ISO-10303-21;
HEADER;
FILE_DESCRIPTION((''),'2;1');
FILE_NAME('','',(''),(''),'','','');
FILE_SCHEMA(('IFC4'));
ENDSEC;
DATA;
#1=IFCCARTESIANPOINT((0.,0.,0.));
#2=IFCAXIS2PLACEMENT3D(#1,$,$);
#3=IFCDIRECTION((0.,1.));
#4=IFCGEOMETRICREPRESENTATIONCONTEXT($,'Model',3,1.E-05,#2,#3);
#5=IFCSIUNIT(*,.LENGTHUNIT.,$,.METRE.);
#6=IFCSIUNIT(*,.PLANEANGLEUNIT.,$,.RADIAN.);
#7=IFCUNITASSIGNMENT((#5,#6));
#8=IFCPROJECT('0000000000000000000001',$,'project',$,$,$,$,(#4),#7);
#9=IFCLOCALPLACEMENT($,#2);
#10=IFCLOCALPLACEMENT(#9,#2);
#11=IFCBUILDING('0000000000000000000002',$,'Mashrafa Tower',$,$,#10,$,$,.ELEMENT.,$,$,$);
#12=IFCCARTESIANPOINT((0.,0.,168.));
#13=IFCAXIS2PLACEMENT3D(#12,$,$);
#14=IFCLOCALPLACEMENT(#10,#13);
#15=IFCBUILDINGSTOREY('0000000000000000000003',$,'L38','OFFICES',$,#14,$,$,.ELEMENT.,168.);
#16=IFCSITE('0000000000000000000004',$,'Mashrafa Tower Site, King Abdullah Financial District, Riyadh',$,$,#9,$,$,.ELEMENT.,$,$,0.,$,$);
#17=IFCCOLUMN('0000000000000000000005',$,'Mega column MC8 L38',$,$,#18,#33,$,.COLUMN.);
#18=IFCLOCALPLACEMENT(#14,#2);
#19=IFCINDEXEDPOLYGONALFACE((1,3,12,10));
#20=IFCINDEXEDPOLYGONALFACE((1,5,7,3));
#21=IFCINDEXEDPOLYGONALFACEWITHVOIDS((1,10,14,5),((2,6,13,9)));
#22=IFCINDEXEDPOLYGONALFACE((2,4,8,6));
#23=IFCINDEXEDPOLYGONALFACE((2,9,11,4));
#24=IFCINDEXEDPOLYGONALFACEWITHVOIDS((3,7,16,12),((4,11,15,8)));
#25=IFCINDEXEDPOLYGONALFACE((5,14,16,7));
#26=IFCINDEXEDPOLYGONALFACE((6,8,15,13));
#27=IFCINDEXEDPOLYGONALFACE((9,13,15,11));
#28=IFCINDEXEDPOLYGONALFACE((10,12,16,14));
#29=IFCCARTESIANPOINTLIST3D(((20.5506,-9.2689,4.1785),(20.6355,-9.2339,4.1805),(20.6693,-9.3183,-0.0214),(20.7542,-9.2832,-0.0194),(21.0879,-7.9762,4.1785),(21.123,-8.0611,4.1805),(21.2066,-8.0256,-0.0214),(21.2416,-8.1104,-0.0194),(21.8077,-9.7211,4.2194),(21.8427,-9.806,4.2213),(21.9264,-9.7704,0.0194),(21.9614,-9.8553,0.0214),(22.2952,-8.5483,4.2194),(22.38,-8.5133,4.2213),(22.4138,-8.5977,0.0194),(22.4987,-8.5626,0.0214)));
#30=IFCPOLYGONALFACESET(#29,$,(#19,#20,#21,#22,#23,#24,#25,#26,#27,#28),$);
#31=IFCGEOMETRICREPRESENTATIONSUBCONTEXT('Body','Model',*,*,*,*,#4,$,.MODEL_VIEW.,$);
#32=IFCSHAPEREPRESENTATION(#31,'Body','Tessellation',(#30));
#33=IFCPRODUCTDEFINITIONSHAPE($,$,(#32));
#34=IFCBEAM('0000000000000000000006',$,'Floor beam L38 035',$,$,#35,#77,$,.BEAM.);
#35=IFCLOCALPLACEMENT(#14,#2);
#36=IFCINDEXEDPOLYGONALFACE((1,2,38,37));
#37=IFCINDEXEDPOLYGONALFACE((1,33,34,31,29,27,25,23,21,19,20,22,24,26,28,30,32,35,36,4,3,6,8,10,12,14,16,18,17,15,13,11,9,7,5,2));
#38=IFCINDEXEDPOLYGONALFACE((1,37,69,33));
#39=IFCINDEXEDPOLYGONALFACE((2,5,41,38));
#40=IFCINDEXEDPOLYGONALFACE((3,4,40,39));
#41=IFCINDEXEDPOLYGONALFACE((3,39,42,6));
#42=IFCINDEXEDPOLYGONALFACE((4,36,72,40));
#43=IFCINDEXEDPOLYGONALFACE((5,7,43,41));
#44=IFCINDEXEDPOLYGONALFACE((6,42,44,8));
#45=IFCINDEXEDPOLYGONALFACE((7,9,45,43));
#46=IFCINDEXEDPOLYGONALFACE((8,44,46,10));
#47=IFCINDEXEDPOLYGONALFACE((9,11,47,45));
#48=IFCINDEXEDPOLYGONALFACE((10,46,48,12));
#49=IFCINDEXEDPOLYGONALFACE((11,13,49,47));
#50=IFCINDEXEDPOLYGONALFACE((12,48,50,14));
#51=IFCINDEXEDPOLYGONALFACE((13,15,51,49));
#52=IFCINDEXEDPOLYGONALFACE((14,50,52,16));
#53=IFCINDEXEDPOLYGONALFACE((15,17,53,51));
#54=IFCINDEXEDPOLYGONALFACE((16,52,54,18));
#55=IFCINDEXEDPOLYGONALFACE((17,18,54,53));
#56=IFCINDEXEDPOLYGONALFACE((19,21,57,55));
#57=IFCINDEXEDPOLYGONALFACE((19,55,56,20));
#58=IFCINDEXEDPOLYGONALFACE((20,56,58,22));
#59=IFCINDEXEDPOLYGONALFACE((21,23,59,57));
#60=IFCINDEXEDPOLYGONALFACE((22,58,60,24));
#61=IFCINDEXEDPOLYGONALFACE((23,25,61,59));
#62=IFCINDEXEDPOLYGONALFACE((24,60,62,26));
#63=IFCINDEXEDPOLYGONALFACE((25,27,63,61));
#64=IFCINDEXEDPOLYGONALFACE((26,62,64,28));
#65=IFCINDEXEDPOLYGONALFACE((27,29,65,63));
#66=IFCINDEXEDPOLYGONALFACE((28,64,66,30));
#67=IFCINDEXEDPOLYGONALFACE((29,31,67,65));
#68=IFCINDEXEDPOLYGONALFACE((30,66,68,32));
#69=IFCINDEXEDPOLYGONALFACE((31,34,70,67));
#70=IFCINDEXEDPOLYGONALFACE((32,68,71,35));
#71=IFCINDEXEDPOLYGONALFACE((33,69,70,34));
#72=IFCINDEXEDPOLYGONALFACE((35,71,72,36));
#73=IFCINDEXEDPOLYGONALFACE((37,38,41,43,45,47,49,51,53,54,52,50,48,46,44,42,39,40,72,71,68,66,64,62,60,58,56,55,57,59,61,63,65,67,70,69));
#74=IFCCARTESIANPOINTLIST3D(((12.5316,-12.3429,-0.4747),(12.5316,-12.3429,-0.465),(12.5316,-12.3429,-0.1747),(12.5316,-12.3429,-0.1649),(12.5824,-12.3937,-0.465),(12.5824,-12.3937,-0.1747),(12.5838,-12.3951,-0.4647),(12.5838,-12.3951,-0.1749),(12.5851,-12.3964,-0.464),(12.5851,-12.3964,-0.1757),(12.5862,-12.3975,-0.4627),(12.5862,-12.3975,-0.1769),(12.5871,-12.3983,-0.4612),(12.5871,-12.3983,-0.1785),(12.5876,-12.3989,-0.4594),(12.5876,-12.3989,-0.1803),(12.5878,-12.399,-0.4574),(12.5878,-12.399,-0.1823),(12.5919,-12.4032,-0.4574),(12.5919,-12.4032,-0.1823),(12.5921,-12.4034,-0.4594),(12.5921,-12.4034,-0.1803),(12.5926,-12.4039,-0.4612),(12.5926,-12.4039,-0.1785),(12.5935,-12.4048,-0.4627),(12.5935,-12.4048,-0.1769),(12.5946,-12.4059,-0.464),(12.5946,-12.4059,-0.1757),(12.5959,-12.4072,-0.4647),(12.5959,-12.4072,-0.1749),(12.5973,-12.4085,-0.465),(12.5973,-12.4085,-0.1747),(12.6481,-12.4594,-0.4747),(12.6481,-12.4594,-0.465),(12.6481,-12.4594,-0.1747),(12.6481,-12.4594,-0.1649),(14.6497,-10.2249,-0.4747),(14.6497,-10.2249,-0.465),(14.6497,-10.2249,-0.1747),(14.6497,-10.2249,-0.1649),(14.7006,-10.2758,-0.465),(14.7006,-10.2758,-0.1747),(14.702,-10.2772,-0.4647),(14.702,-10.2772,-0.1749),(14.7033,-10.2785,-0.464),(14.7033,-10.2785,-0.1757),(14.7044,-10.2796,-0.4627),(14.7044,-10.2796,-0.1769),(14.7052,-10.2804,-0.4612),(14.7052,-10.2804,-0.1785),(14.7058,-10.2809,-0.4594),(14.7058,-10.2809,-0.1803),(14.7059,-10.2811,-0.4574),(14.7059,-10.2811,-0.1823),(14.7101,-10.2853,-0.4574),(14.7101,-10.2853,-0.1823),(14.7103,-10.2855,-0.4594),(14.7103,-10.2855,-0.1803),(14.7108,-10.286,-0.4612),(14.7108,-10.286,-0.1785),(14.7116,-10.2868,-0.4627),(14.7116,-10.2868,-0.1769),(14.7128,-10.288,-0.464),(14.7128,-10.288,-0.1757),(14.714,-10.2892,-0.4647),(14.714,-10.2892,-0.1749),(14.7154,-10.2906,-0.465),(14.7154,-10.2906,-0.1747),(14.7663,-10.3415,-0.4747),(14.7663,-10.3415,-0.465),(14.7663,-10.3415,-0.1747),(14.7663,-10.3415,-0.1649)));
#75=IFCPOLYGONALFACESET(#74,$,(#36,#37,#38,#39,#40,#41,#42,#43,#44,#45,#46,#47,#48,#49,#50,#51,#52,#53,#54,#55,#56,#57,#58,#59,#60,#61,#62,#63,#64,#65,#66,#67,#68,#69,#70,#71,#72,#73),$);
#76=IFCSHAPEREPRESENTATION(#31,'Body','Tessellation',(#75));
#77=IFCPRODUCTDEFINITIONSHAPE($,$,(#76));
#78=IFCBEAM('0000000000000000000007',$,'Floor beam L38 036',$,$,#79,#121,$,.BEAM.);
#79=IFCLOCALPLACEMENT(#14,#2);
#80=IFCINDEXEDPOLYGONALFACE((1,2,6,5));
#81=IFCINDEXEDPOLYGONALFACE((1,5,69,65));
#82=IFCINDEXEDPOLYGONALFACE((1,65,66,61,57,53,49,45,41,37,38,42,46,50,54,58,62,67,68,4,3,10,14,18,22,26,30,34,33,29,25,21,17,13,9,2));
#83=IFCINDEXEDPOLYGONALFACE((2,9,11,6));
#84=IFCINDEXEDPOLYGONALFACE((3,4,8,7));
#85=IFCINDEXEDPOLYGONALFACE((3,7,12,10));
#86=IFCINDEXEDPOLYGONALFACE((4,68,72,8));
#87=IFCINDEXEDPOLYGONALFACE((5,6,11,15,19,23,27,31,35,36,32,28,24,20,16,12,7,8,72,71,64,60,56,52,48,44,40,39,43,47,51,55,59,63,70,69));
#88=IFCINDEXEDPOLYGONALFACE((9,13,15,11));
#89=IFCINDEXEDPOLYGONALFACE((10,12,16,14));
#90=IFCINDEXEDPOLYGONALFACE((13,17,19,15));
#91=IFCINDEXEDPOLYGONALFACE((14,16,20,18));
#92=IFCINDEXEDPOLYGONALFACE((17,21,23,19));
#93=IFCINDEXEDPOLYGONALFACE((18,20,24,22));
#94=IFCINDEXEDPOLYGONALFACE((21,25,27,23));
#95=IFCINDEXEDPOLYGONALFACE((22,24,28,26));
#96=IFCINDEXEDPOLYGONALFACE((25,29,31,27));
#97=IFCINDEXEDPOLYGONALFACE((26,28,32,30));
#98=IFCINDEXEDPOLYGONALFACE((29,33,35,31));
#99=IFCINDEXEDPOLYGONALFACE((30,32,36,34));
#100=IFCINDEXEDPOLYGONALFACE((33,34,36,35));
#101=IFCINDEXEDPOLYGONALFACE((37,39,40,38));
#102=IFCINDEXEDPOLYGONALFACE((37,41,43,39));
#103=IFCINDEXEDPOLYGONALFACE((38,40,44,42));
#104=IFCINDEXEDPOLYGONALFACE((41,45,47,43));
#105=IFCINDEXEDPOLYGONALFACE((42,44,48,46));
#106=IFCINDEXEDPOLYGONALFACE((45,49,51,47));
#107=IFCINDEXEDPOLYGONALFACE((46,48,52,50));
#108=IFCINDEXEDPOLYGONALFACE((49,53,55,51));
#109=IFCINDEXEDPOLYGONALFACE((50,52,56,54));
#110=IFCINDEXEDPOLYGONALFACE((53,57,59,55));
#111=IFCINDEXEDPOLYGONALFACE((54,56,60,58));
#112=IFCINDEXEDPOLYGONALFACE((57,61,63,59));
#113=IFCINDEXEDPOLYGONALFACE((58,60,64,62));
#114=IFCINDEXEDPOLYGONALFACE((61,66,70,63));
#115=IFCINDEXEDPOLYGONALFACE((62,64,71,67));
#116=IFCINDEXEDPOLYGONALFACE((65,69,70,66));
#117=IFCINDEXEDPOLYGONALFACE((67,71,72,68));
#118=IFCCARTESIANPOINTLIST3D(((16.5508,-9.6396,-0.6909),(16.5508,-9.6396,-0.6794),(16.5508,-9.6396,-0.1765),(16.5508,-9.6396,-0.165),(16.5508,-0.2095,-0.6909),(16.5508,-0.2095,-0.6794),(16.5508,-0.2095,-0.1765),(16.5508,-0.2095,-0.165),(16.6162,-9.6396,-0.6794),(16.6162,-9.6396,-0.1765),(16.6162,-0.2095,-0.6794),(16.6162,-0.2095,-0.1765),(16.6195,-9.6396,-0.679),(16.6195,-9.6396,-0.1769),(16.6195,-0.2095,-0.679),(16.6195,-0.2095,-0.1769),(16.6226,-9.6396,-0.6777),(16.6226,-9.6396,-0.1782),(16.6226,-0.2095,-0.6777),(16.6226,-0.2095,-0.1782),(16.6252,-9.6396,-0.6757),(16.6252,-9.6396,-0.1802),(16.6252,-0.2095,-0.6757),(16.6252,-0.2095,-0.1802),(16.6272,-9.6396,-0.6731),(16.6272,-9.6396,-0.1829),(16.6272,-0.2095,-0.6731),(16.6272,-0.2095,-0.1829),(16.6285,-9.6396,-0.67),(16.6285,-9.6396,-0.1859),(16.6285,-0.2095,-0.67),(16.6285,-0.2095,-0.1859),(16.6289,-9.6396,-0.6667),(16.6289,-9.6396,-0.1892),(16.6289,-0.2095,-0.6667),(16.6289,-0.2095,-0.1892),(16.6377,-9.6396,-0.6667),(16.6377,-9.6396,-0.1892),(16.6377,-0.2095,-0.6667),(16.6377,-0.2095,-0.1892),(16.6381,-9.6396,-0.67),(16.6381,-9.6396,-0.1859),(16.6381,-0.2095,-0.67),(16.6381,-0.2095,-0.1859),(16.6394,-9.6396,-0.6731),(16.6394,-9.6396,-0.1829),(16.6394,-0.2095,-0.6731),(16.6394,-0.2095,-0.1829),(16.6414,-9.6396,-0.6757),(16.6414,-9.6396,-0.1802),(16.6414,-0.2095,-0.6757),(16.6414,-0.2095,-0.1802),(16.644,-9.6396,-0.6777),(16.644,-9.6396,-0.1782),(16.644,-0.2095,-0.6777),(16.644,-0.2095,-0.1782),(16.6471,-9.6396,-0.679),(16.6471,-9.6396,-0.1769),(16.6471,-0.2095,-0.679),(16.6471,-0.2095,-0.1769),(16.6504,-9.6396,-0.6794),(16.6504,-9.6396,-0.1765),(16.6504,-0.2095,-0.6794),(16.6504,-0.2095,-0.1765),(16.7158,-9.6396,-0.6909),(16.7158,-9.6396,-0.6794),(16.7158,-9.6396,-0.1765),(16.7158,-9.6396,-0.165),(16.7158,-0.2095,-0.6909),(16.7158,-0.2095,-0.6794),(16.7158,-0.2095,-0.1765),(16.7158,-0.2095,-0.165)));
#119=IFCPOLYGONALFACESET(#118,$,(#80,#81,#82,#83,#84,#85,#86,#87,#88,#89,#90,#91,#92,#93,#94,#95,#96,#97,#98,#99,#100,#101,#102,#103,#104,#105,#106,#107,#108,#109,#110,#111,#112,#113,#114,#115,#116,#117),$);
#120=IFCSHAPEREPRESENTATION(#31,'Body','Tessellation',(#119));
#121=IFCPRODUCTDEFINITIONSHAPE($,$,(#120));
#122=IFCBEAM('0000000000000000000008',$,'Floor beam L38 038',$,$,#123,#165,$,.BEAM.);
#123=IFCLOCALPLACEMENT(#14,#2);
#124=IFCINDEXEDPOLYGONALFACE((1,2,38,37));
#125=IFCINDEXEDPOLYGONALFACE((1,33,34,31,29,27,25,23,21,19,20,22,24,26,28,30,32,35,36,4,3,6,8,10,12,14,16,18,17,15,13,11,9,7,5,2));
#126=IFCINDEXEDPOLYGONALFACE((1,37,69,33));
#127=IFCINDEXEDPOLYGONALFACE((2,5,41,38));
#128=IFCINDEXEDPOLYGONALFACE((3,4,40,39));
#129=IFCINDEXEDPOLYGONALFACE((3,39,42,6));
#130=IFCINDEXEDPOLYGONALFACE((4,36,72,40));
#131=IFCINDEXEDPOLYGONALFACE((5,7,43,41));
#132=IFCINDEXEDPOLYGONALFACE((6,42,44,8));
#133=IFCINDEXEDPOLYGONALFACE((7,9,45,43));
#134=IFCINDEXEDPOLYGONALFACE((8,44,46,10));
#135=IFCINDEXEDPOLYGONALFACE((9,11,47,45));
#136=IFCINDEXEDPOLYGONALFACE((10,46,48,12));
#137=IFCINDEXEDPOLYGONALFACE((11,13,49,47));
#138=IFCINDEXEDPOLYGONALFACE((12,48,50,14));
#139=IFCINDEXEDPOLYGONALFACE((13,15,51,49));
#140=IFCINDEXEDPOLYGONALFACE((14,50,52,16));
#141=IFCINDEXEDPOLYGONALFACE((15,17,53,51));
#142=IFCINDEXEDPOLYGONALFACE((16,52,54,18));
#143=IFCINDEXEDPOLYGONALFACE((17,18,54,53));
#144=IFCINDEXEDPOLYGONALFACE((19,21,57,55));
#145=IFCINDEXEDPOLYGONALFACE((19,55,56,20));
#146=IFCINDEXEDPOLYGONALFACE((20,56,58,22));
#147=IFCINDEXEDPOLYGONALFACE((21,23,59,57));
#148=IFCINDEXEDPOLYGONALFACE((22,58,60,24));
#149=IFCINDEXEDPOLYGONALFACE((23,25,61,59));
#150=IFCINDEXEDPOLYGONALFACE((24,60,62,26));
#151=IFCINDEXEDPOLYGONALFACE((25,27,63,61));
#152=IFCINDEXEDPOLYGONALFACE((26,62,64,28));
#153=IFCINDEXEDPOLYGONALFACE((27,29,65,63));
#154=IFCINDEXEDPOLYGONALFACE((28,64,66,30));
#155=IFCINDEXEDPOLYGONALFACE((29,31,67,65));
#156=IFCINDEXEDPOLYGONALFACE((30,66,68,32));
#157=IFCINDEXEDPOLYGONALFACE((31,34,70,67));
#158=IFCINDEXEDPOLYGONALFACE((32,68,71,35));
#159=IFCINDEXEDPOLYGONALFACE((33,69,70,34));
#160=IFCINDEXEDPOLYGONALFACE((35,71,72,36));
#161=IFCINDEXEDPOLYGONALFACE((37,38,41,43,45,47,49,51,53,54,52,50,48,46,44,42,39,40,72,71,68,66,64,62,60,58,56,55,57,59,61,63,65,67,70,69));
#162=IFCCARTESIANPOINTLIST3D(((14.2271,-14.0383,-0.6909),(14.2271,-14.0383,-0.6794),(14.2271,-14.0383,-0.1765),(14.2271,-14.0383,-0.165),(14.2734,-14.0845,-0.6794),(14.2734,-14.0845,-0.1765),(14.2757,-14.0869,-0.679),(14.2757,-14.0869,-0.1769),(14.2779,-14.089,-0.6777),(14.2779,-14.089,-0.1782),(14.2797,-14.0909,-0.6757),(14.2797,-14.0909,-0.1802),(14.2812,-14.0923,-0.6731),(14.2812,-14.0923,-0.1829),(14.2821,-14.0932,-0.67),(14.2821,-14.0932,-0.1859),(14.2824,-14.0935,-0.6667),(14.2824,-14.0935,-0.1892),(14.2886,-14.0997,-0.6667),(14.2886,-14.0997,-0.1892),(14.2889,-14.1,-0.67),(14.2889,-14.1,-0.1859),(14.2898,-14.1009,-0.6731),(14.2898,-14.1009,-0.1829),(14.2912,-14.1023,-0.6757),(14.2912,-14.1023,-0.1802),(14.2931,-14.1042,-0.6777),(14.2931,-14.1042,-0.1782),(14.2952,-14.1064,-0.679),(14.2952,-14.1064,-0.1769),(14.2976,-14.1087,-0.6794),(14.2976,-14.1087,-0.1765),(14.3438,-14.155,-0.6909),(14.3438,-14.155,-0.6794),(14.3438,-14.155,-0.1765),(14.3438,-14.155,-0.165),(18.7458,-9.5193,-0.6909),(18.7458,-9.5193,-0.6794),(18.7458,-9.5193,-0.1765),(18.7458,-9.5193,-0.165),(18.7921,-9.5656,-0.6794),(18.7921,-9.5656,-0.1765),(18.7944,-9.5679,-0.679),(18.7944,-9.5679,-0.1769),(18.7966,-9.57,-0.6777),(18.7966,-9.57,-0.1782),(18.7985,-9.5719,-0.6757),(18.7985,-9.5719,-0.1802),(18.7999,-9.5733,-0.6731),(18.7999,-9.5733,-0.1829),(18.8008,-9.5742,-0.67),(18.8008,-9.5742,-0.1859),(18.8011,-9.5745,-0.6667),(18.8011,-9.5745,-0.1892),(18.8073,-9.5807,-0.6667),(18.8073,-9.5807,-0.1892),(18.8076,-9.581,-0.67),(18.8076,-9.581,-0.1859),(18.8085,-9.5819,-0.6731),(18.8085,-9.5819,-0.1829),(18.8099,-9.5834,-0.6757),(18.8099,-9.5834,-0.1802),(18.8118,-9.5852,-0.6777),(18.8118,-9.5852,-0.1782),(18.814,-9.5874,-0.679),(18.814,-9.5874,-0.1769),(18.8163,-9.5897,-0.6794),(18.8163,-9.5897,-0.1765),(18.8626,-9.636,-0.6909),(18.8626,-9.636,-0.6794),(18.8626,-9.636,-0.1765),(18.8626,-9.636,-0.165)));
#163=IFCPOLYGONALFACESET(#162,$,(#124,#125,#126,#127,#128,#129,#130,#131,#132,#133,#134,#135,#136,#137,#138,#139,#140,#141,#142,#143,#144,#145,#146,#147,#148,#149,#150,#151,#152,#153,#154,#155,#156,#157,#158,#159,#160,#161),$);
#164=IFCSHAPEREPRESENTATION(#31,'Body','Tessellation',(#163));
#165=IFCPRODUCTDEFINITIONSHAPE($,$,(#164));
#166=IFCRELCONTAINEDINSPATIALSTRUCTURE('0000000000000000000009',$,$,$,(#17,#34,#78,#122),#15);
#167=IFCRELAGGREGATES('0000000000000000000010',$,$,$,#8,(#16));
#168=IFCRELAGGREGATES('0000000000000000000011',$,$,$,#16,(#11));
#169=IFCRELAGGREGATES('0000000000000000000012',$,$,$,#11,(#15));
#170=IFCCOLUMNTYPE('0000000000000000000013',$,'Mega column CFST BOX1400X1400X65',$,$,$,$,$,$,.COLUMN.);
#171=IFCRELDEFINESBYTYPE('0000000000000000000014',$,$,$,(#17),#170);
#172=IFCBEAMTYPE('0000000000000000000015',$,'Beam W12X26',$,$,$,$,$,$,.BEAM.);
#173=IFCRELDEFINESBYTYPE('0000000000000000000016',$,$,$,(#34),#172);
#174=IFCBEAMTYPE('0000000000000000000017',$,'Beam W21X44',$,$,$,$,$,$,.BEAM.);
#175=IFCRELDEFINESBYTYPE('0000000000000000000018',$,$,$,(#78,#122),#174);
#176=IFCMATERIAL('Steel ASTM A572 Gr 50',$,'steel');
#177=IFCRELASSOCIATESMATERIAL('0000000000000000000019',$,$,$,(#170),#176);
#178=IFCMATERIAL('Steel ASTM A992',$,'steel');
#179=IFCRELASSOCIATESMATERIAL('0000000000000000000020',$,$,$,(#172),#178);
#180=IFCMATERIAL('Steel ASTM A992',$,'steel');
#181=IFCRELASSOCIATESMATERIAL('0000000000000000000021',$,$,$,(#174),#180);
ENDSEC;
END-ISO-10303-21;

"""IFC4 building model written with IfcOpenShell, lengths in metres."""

from ifc_helpers import new_model, si_unit, direction, frame, origin, origin_2d, place, context, subcontext, project, spatial, hollow_rectangle, i_section, extrude, material, material_profile, profile_set, type_object, element, save


model = new_model("IFC4")

# Units and contexts
model_context = context("Model", 3, precision=1e-05, world=origin(), true_north=direction((0.0, 1.0)))
body_context = subcontext(model_context, "Body", "Model", "MODEL_VIEW")
ifc_project = project(units=[si_unit("LENGTHUNIT", "METRE"), si_unit("PLANEANGLEUNIT", "RADIAN")], contexts=[model_context])

# Site, building, storey
site_placement = place(None, origin())
site = spatial("IfcSite", under=ifc_project, at=site_placement, Name="Mashrafa Tower Site, King Abdullah Financial District, Riyadh", CompositionType="ELEMENT", RefElevation=0.0)
building_placement = place(site_placement, origin())
building = spatial("IfcBuilding", under=site, at=building_placement, Name="Mashrafa Tower", CompositionType="ELEMENT")
storey_placement = place(building_placement, frame((0.0, 0.0, 168.0)))
storey = spatial("IfcBuildingStorey", under=building, at=storey_placement, Name="L38", Description="OFFICES", CompositionType="ELEMENT", Elevation=168.0)

# Column
ifc_material_1 = material(Name="Steel ASTM A572 Gr 50", Category="steel")
ifc_material_profile_1 = material_profile(ifc_material_1, hollow_rectangle(XDim=1.3999, YDim=1.3999, WallThickness=0.0649, at=origin_2d()), Name="BOX1400X1400X65")
ifc_profile_set_1 = profile_set([ifc_material_profile_1], Name="Steel ASTM A572 Gr 50")
column_type = type_object("IfcColumnType", Name="Mega column CFST BOX1400X1400X65", PredefinedType="COLUMN", material=ifc_profile_set_1)
column_placement = place(storey_placement, frame((21.584, -8.9404, 0.0), z_axis=(-0.028238, 0.011737, 0.999532), x_axis=(-0.383806, -0.923414, 0.0)))
element("IfcColumn", 1, at=column_placement, inside=storey, type_object=column_type, Name="Mega column MC8 L38", PredefinedType="COLUMN", context=body_context, shape_type="SweptSolid", body=[
    extrude(hollow_rectangle(XDim=1.3999, YDim=1.3999, WallThickness=0.0649, at=origin_2d()), origin(), (0.0, 0.0, 1.0), 4.2019),
])

# Beams
ifc_material_2 = material(Name="Steel ASTM A992", Category="steel")
ifc_material_profile_2 = material_profile(ifc_material_2, i_section(OverallWidth=0.1648, OverallDepth=0.3098, WebThickness=0.0059, FlangeThickness=0.0098, FilletRadius=0.0076, at=origin_2d()), Name="W12X26")
ifc_profile_set_2 = profile_set([ifc_material_profile_2], Name="Steel ASTM A992")
beam_type_1 = type_object("IfcBeamType", Name="Beam W12X26", PredefinedType="BEAM", material=ifc_profile_set_2)
beam_1_placement = place(storey_placement, frame((14.708, -10.2832, -0.3198), z_axis=(-0.707148, -0.707066, 0.0), x_axis=(0.707066, -0.707148, 0.0)))
element("IfcBeam", 2, at=beam_1_placement, inside=storey, type_object=beam_type_1, Name="Floor beam L38 035", PredefinedType="BEAM", context=body_context, shape_type="SweptSolid", body=[
    extrude(i_section(OverallWidth=0.1648, OverallDepth=0.3098, WebThickness=0.0059, FlangeThickness=0.0098, FilletRadius=0.0076, at=origin_2d()), origin(), (0.0, 0.0, 1.0), 2.9954),
])
ifc_material_3 = material(Name="Steel ASTM A992", Category="steel")
ifc_material_profile_3 = material_profile(ifc_material_3, i_section(OverallWidth=0.165, OverallDepth=0.5259, WebThickness=0.0088, FlangeThickness=0.0115, FilletRadius=0.0127, at=origin_2d()), Name="W21X44")
ifc_profile_set_3 = profile_set([ifc_material_profile_3], Name="Steel ASTM A992")
beam_type_2 = type_object("IfcBeamType", Name="Beam W21X44", PredefinedType="BEAM", material=ifc_profile_set_3)
beam_2_placement = place(storey_placement, frame((16.6333, -0.2095, -0.428), z_axis=(0.0, -1.0, 0.0), x_axis=(1.0, 0.0, 0.0)))
element("IfcBeam", 3, at=beam_2_placement, inside=storey, type_object=beam_type_2, Name="Floor beam L38 036", PredefinedType="BEAM", context=body_context, shape_type="SweptSolid", body=[
    extrude(i_section(OverallWidth=0.165, OverallDepth=0.5259, WebThickness=0.0088, FlangeThickness=0.0115, FilletRadius=0.0127, at=origin_2d()), origin(), (0.0, 0.0, 1.0), 9.4302),
])
beam_3_placement = place(storey_placement, frame((18.8042, -9.5776, -0.428), z_axis=(-0.707088, -0.707126, 0.0), x_axis=(0.707126, -0.707088, 0.0)))
element("IfcBeam", 4, at=beam_3_placement, inside=storey, type_object=beam_type_2, Name="Floor beam L38 038", PredefinedType="BEAM", context=body_context, shape_type="SweptSolid", body=[
    extrude(i_section(OverallWidth=0.165, OverallDepth=0.5259, WebThickness=0.0088, FlangeThickness=0.0115, FilletRadius=0.0127, at=origin_2d()), origin(), (0.0, 0.0, 1.0), 6.3906),
])

save(model, "model.ifc")
